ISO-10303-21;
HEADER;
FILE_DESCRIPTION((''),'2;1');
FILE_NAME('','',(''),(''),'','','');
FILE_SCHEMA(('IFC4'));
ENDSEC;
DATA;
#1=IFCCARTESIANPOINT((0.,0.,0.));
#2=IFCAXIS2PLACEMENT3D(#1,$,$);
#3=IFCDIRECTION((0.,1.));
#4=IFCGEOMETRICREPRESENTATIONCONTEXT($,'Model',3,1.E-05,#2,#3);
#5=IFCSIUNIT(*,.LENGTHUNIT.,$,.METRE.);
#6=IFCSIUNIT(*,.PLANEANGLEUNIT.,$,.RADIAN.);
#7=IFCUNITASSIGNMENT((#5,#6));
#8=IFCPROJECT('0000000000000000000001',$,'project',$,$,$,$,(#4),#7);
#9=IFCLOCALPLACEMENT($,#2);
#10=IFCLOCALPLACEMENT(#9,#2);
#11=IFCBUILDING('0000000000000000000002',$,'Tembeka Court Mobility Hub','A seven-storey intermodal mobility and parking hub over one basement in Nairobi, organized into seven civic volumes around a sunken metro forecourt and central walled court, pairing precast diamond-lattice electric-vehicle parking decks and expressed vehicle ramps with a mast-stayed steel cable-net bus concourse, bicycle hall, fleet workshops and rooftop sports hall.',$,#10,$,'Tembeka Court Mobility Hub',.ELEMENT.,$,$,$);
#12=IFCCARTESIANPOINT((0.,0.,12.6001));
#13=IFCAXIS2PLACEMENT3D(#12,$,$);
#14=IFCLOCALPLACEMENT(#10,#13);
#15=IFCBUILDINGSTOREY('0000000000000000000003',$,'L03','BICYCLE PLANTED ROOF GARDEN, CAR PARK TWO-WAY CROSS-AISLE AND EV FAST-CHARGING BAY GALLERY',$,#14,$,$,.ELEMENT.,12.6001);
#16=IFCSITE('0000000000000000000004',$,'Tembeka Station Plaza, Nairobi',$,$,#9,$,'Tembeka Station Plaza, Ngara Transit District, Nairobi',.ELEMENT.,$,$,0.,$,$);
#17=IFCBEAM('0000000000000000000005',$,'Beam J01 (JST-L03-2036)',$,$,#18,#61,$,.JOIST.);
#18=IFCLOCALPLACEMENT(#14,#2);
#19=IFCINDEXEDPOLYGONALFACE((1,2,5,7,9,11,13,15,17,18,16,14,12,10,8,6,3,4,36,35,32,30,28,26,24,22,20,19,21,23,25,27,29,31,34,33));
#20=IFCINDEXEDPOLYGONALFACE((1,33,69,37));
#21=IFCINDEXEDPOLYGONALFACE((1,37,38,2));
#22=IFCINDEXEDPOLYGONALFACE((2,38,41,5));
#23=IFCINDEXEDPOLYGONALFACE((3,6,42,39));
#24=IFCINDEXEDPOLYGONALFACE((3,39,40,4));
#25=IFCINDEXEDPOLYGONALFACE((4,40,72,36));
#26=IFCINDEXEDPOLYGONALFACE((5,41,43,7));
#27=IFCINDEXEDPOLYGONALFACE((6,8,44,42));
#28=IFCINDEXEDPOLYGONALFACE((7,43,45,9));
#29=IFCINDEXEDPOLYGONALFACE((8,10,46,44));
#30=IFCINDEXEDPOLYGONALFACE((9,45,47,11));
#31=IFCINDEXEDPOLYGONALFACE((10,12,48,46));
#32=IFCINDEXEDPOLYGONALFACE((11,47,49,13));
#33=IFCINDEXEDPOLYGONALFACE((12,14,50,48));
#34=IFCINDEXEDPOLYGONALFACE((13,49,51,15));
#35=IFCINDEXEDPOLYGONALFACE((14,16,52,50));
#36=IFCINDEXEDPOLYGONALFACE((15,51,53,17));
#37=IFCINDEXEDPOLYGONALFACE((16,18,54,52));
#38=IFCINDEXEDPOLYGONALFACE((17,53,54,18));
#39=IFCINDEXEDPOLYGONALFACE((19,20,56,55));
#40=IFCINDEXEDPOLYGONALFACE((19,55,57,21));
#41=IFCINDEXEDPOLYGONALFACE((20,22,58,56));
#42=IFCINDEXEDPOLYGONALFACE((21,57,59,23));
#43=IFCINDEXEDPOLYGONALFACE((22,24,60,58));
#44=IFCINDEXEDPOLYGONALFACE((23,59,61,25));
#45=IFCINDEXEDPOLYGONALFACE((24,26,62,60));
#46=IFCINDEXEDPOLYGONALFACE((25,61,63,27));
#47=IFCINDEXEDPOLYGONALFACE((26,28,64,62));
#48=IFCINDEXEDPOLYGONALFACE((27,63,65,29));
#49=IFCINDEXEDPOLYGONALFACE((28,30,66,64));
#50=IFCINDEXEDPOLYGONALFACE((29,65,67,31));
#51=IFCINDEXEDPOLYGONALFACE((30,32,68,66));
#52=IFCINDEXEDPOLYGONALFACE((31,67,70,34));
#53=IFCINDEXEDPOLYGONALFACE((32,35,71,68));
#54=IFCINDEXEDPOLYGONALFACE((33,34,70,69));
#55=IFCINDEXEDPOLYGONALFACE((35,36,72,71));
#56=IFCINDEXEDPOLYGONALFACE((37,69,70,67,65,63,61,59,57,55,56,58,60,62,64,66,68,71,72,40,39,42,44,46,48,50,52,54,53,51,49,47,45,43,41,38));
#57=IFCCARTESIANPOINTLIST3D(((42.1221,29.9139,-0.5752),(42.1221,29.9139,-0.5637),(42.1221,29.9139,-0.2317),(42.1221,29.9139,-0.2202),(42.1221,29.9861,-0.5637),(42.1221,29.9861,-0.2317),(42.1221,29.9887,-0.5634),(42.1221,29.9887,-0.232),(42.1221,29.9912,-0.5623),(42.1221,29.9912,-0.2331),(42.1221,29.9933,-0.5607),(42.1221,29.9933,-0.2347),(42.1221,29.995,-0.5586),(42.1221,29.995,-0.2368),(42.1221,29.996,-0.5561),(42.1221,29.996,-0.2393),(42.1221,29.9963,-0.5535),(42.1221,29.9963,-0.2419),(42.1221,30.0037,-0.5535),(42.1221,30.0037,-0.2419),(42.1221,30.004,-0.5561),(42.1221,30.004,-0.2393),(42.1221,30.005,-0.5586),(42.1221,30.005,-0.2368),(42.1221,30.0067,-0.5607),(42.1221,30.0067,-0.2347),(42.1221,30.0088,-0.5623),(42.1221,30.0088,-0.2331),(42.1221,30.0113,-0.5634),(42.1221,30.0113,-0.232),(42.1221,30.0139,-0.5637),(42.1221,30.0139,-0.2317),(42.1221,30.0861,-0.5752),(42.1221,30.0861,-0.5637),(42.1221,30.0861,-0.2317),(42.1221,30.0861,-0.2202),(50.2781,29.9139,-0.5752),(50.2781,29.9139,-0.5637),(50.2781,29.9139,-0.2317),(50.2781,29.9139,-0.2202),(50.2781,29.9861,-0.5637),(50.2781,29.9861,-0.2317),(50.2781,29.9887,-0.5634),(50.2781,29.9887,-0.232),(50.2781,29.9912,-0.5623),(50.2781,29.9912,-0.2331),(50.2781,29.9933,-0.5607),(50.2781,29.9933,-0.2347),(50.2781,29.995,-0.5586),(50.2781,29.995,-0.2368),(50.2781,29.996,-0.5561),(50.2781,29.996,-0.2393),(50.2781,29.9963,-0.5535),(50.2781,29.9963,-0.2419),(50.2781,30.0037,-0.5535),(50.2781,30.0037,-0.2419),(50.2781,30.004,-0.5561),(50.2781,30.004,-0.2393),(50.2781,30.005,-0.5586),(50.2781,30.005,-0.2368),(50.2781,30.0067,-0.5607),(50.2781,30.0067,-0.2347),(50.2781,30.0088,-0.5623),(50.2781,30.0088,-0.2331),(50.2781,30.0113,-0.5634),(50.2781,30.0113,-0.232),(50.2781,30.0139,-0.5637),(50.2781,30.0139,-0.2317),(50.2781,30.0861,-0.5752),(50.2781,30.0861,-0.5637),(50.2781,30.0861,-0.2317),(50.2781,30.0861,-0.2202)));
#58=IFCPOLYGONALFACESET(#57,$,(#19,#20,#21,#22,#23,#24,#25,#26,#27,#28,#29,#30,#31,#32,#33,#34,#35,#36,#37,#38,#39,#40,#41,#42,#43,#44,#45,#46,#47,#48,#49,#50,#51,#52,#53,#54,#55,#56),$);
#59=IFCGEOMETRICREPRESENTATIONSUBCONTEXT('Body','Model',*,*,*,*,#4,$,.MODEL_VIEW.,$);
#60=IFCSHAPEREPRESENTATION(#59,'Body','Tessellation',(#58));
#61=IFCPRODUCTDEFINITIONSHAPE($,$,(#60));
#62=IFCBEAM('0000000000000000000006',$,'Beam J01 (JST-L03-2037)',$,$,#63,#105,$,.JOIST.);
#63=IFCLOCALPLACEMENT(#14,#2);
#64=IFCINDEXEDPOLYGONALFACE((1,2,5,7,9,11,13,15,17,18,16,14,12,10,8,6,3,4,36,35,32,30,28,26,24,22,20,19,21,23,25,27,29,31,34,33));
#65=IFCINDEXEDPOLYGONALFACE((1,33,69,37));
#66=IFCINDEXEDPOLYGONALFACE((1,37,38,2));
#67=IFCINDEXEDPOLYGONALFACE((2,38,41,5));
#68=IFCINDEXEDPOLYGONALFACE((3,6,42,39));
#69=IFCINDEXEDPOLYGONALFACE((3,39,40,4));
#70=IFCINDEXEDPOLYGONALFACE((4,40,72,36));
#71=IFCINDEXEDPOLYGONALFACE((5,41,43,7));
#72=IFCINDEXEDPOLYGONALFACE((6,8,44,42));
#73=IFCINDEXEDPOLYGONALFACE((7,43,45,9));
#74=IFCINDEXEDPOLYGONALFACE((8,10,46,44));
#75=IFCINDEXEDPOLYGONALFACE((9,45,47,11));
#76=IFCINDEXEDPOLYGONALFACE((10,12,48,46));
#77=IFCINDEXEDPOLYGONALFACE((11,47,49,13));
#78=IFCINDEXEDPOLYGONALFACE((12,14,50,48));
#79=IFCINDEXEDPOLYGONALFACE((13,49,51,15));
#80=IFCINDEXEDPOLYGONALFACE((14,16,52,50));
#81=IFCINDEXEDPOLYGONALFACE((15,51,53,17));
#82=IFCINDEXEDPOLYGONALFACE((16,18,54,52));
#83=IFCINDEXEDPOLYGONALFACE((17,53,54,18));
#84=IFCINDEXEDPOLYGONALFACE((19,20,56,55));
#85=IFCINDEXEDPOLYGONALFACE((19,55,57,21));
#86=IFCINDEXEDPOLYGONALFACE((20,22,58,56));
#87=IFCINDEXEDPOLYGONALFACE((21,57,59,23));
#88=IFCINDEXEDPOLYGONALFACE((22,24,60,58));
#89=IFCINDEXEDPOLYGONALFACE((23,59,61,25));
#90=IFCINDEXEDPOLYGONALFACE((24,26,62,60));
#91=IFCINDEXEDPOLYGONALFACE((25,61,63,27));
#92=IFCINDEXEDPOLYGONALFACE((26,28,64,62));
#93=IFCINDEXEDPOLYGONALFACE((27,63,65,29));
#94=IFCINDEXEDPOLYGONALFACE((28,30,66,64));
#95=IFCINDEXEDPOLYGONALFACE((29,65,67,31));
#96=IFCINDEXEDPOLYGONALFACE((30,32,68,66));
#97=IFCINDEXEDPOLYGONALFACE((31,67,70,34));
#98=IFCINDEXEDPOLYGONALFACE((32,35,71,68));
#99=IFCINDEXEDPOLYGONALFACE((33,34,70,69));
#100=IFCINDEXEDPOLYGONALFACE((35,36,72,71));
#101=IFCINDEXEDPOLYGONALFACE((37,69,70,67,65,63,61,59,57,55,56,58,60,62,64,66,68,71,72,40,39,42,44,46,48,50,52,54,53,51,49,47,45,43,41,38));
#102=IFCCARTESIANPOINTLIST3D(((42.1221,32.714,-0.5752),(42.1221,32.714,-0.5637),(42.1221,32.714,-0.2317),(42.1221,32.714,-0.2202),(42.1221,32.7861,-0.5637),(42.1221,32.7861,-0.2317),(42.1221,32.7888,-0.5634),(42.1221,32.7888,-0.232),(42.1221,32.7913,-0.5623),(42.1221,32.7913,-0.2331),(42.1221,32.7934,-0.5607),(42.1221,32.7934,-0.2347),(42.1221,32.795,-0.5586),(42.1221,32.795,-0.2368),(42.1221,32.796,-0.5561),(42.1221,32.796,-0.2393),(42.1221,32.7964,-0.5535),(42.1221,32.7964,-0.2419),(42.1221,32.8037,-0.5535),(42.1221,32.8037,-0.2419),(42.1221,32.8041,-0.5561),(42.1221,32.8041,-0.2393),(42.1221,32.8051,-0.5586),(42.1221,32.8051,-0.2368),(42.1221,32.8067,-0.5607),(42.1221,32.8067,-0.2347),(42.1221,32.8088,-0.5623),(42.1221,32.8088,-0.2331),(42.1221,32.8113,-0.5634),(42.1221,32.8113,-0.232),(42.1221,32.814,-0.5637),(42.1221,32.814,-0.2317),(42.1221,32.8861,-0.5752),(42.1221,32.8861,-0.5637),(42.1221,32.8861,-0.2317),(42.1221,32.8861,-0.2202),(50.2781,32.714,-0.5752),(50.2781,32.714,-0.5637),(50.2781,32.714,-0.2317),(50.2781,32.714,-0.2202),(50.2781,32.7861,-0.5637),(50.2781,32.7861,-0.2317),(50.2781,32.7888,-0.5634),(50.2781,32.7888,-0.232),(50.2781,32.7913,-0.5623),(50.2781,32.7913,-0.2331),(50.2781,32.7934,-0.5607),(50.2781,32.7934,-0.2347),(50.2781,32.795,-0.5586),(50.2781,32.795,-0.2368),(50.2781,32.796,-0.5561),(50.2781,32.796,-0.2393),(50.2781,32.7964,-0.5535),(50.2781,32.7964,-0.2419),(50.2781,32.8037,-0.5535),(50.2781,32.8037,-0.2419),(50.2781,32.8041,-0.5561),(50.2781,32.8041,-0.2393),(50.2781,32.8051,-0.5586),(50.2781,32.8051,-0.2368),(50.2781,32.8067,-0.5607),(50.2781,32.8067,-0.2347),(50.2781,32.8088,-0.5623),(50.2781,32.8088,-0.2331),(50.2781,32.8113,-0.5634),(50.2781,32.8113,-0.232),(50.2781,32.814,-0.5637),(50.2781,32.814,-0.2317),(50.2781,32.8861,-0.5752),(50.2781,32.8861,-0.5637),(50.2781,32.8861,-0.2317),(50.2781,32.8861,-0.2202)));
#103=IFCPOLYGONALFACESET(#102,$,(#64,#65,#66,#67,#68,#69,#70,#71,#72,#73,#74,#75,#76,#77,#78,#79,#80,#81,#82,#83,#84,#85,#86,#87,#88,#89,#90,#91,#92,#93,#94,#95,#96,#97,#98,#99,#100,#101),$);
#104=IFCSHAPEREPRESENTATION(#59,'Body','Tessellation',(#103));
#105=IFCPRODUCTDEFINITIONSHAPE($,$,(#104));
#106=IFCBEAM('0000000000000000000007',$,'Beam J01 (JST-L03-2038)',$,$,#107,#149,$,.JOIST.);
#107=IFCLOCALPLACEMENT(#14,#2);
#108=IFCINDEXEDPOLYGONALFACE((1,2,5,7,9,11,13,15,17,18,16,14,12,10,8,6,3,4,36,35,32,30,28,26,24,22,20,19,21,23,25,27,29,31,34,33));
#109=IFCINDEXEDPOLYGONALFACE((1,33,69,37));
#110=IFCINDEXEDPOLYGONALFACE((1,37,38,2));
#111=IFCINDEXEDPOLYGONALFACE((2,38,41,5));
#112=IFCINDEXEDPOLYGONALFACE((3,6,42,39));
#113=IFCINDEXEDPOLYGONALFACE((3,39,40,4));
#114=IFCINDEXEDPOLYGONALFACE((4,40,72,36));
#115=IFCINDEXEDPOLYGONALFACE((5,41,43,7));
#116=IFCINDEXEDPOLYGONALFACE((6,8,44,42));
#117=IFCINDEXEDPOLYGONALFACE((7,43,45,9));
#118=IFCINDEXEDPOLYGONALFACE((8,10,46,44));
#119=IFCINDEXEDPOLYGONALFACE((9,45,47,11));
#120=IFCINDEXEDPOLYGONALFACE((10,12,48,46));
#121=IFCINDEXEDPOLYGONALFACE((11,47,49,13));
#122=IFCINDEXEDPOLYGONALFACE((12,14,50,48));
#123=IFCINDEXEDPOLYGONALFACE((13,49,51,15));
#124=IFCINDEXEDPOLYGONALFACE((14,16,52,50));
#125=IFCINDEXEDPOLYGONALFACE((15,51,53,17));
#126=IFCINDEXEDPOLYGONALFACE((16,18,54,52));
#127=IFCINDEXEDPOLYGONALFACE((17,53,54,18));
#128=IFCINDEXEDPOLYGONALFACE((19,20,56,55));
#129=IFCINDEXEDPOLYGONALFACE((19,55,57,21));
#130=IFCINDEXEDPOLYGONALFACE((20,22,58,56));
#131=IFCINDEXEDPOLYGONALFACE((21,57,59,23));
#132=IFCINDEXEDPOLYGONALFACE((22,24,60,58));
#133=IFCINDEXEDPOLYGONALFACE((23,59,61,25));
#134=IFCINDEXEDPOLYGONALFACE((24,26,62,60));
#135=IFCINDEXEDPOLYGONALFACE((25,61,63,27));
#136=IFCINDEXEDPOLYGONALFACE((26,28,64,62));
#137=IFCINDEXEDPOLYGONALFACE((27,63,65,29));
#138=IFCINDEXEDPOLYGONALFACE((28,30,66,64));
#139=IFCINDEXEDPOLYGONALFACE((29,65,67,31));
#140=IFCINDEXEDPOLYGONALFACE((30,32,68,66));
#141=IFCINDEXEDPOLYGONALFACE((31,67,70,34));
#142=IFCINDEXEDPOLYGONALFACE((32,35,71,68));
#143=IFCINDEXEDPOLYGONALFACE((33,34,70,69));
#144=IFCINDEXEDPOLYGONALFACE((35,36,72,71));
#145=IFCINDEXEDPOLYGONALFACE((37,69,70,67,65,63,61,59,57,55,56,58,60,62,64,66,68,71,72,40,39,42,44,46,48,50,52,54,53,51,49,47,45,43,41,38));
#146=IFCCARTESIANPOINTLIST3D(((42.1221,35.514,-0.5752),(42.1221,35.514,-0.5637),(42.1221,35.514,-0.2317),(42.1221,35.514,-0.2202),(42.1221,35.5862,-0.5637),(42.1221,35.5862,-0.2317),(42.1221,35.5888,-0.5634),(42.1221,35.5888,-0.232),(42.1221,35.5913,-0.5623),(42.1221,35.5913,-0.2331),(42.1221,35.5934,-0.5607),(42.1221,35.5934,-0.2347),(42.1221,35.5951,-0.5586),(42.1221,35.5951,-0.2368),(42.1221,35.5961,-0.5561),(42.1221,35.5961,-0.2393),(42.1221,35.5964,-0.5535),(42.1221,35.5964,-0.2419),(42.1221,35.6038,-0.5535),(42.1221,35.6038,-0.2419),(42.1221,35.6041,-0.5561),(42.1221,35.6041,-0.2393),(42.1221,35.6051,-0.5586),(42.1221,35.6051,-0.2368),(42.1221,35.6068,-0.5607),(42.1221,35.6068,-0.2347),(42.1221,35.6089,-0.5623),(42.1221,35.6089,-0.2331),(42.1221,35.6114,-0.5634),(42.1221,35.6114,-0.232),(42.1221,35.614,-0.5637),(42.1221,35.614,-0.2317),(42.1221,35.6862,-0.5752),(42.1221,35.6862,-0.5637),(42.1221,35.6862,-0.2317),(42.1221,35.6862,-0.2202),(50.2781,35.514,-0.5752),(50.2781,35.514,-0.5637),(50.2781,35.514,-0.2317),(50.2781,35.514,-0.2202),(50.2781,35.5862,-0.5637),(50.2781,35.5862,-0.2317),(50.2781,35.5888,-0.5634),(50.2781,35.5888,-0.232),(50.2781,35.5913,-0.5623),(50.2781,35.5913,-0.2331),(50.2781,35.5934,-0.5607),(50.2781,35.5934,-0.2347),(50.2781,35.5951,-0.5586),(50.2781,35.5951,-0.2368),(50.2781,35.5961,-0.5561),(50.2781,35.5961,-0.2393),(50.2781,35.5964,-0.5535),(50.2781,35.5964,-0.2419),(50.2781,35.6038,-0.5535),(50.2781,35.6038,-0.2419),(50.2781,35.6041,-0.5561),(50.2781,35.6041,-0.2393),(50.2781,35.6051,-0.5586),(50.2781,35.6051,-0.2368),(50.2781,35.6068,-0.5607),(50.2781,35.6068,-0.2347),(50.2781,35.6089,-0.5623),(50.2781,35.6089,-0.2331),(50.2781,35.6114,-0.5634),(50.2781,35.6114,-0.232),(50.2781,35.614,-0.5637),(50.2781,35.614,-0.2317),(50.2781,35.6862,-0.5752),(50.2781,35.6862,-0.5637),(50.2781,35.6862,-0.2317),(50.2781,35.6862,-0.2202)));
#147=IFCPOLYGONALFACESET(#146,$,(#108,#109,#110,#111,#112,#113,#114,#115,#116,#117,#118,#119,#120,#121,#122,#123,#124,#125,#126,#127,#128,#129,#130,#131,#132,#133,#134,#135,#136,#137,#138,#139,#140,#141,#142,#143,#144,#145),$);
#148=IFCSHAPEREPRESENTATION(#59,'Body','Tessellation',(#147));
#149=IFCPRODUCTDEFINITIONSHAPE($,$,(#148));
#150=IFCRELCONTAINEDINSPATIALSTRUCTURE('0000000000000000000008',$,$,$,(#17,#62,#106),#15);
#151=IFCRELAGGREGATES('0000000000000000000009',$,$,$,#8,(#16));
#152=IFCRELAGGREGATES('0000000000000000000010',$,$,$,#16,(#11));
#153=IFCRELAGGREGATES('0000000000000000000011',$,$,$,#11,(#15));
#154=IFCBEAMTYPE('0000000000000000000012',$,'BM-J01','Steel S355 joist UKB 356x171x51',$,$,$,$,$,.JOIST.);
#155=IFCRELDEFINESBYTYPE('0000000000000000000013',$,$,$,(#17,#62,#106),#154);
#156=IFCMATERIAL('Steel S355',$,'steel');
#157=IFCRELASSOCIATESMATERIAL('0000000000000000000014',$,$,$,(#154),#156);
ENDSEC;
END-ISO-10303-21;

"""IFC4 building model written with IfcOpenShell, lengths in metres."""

from ifc_helpers import new_model, si_unit, direction, frame, origin, origin_2d, place, context, subcontext, project, spatial, i_section, extrude, material, material_profile, profile_set, type_object, element, save


model = new_model("IFC4")

# Units and contexts
model_context = context("Model", 3, precision=1e-05, world=origin(), true_north=direction((0.0, 1.0)))
body_context = subcontext(model_context, "Body", "Model", "MODEL_VIEW")
ifc_project = project(units=[si_unit("LENGTHUNIT", "METRE"), si_unit("PLANEANGLEUNIT", "RADIAN")], contexts=[model_context])

# Site, building, storey
site_placement = place(None, origin())
site = spatial("IfcSite", under=ifc_project, at=site_placement, Name="Tembeka Station Plaza, Nairobi", LongName="Tembeka Station Plaza, Ngara Transit District, Nairobi", CompositionType="ELEMENT", RefElevation=0.0)
building_placement = place(site_placement, origin())
building = spatial("IfcBuilding", under=site, at=building_placement, Name="Tembeka Court Mobility Hub", Description="A seven-storey intermodal mobility and parking hub over one basement in Nairobi, organized into seven civic volumes around a sunken metro forecourt and central walled court, pairing precast diamond-lattice electric-vehicle parking decks and expressed vehicle ramps with a mast-stayed steel cable-net bus concourse, bicycle hall, fleet workshops and rooftop sports hall.", LongName="Tembeka Court Mobility Hub", CompositionType="ELEMENT")
storey_placement = place(building_placement, frame((0.0, 0.0, 12.6001)))
storey = spatial("IfcBuildingStorey", under=building, at=storey_placement, Name="L03", Description="BICYCLE PLANTED ROOF GARDEN, CAR PARK TWO-WAY CROSS-AISLE AND EV FAST-CHARGING BAY GALLERY", CompositionType="ELEMENT", Elevation=12.6001)

# Shared definitions
ifc_material_1 = material(Name="Steel S355", Category="steel")

# Beams
ifc_material_profile_1 = material_profile(ifc_material_1, i_section(OverallWidth=0.1721, OverallDepth=0.355, WebThickness=0.0073, FlangeThickness=0.0115, FilletRadius=0.0103, at=origin_2d()), Name="UKB 356x171x51")
ifc_profile_set_1 = profile_set([ifc_material_profile_1], Name="Steel S355")
beam_type_1 = type_object("IfcBeamType", Name="BM-J01", Description="Steel S355 joist UKB 356x171x51", PredefinedType="JOIST", material=ifc_profile_set_1)
for number, where, z_axis, x_axis, name in (
    (1, (42.1221, 30.0, -0.3977), (1.0, 0.0, 0.0), (0.0, 1.0, 0.0), "Beam J01 (JST-L03-2036)"),
    (2, (42.1221, 32.8, -0.3977), (1.0, 0.0, 0.0), (0.0, 1.0, 0.0), "Beam J01 (JST-L03-2037)"),
    (3, (42.1221, 35.6001, -0.3977), (1.0, 0.0, 0.0), (0.0, 1.0, 0.0), "Beam J01 (JST-L03-2038)"),
):
    element("IfcBeam", number, at=place(storey_placement, frame(where, z_axis=z_axis, x_axis=x_axis)), inside=storey, type_object=beam_type_1, Name=name, PredefinedType="JOIST", context=body_context, shape_type="SweptSolid", body=[
        extrude(i_section(OverallWidth=0.1721, OverallDepth=0.355, WebThickness=0.0073, FlangeThickness=0.0115, FilletRadius=0.0103, at=origin_2d()), origin(), (0.0, 0.0, 1.0), 8.156),
    ])

save(model, "model.ifc")
